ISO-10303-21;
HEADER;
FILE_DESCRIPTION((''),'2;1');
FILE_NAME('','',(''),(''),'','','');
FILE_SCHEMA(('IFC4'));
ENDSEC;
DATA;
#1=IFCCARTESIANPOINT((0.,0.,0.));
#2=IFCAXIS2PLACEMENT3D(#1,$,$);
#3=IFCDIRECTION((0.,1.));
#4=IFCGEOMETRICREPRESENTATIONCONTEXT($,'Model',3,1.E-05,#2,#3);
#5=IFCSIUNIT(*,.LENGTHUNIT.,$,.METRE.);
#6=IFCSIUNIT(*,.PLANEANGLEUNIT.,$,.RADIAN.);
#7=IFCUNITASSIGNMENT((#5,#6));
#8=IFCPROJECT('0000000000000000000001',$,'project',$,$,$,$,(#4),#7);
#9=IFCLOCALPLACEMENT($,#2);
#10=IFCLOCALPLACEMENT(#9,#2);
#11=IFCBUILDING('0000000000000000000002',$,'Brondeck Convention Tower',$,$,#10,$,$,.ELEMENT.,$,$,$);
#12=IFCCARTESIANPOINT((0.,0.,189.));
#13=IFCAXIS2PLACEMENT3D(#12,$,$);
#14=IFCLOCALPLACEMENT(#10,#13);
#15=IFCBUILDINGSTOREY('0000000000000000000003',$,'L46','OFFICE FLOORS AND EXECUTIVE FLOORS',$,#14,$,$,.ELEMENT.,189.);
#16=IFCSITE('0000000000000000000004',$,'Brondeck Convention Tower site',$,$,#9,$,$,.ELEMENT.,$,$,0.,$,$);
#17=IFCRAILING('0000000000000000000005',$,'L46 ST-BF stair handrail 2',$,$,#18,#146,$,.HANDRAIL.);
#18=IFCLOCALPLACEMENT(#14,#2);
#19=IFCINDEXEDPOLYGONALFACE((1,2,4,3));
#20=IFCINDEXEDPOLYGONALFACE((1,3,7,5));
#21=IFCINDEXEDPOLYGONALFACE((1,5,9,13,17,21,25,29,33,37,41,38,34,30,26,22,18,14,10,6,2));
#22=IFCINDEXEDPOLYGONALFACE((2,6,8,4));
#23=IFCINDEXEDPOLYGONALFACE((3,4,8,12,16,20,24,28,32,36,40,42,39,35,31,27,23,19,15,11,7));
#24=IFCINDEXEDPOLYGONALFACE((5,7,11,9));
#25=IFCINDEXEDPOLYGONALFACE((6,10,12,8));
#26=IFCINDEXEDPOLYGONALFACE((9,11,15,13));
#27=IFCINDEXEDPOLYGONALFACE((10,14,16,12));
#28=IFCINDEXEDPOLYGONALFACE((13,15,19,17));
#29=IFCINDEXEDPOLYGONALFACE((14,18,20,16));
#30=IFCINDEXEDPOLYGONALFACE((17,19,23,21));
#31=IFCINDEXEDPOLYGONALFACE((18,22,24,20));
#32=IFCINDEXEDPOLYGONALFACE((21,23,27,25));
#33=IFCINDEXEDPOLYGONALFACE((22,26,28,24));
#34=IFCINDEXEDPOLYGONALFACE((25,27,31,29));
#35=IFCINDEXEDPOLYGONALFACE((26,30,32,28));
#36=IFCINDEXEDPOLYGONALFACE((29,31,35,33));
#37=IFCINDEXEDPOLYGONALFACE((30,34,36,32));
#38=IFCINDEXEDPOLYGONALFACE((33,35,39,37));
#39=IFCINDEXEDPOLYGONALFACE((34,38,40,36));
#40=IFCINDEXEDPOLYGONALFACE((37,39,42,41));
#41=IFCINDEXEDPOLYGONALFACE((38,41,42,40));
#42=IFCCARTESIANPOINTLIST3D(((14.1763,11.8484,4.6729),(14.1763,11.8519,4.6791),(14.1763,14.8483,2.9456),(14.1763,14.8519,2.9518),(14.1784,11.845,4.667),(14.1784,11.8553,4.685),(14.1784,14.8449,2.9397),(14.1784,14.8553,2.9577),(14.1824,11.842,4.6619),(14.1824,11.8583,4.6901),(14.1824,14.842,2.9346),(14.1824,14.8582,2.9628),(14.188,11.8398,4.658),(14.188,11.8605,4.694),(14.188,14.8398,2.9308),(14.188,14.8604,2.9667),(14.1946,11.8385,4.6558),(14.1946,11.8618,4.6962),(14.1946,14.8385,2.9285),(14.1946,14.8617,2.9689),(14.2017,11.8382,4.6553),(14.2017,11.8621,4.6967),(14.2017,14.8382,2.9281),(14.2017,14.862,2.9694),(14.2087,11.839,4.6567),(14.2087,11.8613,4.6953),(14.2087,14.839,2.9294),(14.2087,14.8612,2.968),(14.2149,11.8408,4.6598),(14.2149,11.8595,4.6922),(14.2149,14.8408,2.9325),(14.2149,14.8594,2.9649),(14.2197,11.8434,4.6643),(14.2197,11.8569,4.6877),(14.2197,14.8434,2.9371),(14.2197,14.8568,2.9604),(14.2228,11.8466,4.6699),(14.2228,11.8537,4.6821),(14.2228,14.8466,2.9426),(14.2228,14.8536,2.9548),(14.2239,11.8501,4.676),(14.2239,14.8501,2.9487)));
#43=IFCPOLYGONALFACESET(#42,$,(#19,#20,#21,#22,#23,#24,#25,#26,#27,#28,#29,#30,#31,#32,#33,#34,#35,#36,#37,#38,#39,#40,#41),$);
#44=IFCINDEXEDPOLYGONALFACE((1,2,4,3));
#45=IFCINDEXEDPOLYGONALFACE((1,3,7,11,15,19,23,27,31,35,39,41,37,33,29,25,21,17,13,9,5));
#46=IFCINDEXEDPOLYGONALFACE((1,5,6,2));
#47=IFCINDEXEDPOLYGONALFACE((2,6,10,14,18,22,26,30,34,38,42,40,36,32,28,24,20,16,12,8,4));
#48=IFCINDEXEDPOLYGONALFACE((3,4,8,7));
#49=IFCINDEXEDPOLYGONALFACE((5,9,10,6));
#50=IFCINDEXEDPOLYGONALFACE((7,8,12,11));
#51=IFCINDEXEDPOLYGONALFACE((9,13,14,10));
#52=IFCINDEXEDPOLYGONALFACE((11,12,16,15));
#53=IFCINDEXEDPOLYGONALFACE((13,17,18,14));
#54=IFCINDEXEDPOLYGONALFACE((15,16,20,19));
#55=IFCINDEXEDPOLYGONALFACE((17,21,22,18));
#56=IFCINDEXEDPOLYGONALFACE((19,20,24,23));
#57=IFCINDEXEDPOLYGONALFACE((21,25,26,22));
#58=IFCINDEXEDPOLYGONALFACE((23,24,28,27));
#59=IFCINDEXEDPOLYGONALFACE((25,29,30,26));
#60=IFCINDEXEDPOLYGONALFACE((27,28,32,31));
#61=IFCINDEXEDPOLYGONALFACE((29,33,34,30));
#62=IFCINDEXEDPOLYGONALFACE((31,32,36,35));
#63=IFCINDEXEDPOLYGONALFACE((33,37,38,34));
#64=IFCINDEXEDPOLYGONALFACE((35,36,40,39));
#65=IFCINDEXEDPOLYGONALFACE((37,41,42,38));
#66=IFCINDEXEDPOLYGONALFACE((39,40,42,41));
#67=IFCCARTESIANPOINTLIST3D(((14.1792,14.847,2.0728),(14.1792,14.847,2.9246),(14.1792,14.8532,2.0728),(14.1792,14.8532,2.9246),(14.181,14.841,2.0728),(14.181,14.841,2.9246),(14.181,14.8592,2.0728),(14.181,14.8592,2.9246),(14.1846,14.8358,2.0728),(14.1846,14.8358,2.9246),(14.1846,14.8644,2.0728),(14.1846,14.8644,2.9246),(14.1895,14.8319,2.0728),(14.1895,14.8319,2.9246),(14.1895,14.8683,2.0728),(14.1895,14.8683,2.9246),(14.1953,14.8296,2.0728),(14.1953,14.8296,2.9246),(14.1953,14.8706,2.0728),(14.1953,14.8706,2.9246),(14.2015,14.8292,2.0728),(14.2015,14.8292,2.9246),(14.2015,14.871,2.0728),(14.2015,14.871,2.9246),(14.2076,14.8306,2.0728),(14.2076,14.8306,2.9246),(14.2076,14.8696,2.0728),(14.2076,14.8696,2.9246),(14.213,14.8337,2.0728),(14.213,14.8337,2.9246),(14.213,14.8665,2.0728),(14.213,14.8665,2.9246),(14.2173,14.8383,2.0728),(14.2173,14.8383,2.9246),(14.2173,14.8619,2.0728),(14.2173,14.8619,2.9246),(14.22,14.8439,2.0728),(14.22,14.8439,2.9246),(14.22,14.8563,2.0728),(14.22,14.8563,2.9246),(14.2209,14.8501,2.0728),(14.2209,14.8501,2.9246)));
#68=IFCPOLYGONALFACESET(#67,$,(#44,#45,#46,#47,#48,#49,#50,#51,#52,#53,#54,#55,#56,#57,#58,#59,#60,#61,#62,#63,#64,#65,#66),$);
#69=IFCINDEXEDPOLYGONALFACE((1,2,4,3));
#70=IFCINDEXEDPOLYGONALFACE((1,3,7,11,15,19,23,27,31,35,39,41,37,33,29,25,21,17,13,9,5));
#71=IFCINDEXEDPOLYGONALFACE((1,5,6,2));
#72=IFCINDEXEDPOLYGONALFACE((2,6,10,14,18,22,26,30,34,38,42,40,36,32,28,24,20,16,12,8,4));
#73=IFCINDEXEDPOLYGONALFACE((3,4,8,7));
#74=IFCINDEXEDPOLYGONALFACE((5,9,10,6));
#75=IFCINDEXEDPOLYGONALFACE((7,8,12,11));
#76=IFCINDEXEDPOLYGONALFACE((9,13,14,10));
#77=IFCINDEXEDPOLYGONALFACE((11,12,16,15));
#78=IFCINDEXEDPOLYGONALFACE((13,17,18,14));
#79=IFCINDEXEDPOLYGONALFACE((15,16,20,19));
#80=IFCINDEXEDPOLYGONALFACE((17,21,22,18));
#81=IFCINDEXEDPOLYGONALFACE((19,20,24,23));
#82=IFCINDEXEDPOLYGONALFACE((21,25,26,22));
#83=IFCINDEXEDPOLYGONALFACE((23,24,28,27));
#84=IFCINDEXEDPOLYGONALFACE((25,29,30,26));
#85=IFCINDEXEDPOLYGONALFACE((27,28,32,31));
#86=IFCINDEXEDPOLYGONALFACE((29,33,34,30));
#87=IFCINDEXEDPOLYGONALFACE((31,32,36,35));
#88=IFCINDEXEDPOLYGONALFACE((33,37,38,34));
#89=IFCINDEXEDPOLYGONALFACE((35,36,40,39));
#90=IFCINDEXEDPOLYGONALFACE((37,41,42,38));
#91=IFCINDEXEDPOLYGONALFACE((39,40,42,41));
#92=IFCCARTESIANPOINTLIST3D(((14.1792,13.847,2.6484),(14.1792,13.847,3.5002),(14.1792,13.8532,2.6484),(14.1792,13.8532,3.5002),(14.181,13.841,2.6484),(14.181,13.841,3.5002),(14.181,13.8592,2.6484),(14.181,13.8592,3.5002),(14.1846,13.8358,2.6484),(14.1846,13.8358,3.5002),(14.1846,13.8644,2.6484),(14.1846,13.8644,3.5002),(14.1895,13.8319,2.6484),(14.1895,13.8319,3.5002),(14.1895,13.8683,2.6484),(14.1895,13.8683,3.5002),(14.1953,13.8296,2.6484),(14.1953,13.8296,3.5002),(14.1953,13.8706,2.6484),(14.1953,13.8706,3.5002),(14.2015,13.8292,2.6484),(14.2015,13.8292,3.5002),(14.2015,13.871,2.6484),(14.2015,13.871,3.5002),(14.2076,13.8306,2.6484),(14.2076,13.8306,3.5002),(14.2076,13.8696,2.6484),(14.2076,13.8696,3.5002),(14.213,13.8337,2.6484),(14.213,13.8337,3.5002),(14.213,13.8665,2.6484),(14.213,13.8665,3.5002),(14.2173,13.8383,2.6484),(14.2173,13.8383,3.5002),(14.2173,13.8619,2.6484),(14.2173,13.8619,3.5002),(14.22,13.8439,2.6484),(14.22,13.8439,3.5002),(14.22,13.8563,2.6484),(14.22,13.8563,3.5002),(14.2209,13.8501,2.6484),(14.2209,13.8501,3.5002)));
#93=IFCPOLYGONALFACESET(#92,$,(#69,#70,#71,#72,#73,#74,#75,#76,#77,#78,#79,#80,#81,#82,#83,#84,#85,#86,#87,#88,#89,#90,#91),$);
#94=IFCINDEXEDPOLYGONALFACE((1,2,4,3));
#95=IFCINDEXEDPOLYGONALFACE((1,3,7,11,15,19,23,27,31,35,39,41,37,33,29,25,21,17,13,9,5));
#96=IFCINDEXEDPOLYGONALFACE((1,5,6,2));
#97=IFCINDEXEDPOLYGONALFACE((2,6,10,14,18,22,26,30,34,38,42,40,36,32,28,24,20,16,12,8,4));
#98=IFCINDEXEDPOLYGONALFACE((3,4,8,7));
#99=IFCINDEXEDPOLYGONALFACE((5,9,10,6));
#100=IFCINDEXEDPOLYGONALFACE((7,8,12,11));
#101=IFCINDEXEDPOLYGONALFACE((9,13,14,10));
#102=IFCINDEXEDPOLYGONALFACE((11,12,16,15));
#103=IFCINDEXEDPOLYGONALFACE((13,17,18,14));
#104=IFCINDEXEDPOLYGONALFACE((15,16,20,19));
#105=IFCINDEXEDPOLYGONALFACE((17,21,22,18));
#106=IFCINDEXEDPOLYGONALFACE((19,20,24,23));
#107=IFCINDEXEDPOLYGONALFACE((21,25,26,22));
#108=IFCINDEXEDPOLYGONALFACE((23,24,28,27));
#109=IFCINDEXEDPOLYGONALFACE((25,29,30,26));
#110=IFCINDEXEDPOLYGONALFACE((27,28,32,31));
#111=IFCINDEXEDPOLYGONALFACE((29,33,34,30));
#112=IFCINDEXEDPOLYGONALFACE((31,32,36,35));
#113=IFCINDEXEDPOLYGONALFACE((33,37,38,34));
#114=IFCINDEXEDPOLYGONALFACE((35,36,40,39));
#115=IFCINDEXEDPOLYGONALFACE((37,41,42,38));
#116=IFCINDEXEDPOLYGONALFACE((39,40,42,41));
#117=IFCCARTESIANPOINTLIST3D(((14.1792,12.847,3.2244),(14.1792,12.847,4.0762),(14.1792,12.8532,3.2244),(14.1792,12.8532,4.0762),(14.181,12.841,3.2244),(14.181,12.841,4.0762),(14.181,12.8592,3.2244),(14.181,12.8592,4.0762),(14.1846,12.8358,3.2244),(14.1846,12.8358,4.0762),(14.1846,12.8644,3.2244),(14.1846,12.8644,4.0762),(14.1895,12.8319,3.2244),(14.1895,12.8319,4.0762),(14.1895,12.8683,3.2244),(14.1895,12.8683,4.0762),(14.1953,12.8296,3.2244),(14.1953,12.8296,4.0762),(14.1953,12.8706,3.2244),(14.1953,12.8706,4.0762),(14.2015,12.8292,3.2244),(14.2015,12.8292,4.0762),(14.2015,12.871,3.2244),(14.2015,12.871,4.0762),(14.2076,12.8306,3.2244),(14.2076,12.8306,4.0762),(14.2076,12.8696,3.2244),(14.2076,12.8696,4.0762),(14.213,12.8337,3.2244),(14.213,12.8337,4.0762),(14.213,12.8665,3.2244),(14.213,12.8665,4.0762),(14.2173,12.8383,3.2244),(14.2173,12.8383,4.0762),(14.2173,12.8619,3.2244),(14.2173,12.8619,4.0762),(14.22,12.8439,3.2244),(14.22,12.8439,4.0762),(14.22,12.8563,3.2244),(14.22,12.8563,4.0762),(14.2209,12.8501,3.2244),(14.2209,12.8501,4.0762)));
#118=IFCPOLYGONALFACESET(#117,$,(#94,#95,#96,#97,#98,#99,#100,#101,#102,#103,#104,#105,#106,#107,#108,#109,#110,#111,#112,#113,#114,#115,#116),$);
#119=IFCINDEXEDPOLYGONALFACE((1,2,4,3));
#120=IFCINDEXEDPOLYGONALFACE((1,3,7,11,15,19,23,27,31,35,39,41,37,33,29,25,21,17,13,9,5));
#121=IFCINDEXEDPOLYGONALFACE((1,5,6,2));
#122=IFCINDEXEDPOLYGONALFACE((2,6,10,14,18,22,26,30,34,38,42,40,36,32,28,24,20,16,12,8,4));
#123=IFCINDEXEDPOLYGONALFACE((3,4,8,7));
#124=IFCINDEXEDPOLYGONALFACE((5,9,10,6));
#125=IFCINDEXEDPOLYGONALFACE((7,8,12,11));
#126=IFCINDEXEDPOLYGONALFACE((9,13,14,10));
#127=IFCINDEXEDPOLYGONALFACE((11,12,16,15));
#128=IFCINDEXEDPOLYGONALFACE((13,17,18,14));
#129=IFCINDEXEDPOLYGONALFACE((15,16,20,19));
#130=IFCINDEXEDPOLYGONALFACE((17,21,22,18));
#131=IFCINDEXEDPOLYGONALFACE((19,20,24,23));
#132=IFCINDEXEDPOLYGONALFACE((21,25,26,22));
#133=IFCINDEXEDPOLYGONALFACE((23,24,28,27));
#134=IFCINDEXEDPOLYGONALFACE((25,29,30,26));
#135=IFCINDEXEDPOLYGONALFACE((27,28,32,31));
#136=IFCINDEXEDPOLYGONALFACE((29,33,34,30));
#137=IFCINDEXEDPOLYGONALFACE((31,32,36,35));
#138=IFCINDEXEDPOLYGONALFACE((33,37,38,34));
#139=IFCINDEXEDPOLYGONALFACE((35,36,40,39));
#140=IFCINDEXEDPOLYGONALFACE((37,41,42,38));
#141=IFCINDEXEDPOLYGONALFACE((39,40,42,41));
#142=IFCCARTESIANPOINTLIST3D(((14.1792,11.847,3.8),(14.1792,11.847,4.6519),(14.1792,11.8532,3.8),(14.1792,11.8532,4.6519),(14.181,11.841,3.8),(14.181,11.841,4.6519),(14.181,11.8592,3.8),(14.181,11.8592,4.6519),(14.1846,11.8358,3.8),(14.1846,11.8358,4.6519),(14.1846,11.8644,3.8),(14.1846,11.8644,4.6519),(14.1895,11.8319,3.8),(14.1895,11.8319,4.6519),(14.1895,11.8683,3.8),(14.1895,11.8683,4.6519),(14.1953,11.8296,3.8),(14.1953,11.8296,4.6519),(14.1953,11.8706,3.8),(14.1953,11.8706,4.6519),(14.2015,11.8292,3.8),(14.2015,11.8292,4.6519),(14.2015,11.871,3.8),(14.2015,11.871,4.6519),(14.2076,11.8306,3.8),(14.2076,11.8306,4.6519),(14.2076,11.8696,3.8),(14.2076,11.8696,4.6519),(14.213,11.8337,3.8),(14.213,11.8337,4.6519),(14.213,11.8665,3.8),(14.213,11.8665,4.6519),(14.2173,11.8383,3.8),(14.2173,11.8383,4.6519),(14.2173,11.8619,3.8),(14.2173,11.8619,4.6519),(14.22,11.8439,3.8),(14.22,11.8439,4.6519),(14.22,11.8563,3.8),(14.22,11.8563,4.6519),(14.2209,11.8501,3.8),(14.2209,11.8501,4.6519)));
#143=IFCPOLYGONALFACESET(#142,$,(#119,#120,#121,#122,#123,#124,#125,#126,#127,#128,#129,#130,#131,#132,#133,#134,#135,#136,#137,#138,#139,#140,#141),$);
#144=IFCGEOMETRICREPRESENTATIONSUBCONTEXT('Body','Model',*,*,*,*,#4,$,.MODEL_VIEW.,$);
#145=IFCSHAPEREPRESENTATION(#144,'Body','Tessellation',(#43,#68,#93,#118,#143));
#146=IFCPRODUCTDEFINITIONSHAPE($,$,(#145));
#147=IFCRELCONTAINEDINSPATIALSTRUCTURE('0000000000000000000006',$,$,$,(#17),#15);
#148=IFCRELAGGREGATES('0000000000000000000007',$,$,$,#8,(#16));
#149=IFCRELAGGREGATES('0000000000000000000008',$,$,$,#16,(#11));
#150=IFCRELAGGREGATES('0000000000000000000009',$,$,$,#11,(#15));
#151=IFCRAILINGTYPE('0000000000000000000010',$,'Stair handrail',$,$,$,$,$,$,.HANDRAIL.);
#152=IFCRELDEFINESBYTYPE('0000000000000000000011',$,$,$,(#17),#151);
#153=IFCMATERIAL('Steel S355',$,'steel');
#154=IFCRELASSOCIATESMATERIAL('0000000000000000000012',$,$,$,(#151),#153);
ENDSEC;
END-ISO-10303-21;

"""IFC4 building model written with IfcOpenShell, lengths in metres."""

from ifc_helpers import new_model, si_unit, direction, frame, origin, origin_2d, place, context, subcontext, project, spatial, circle, extrude, material, type_object, element, save


model = new_model("IFC4")

# Units and contexts
model_context = context("Model", 3, precision=1e-05, world=origin(), true_north=direction((0.0, 1.0)))
body_context = subcontext(model_context, "Body", "Model", "MODEL_VIEW")
ifc_project = project(units=[si_unit("LENGTHUNIT", "METRE"), si_unit("PLANEANGLEUNIT", "RADIAN")], contexts=[model_context])

# Site, building, storey
site_placement = place(None, origin())
site = spatial("IfcSite", under=ifc_project, at=site_placement, Name="Brondeck Convention Tower site", CompositionType="ELEMENT", RefElevation=0.0)
building_placement = place(site_placement, origin())
building = spatial("IfcBuilding", under=site, at=building_placement, Name="Brondeck Convention Tower", CompositionType="ELEMENT")
storey_placement = place(building_placement, frame((0.0, 0.0, 189.0)))
storey = spatial("IfcBuildingStorey", under=building, at=storey_placement, Name="L46", Description="OFFICE FLOORS AND EXECUTIVE FLOORS", CompositionType="ELEMENT", Elevation=189.0)

# Shared definitions
ifc_material_1 = material(Name="Steel S355", Category="steel")

# Railing
railing_type_1 = type_object("IfcRailingType", Name="Stair handrail", PredefinedType="HANDRAIL", material=ifc_material_1)
railing_1_placement = place(storey_placement, frame((14.2, 14.8501, 2.0728)))
element("IfcRailing", 1, at=railing_1_placement, inside=storey, type_object=railing_type_1, Name="L46 ST-BF stair handrail 2", PredefinedType="HANDRAIL", context=body_context, shape_type="SweptSolid", body=[
    extrude(circle(Radius=0.0239, at=origin_2d()), frame((0.0, 0.0, 0.876), z_axis=(0.0, -0.86662, 0.498969), x_axis=(1.0, 0.0, 0.0)), (0.0, 0.0, 1.0), 3.4617),
    extrude(circle(Radius=0.021, at=origin_2d()), origin(), (0.0, 0.0, 1.0), 0.8518),
    extrude(circle(Radius=0.021, at=origin_2d()), frame((0.0, -1.0, 0.5757)), (0.0, 0.0, 1.0), 0.8518),
    extrude(circle(Radius=0.021, at=origin_2d()), frame((0.0, -2.0, 1.1516)), (0.0, 0.0, 1.0), 0.8518),
    extrude(circle(Radius=0.021, at=origin_2d()), frame((0.0, -3.0, 1.7273)), (0.0, 0.0, 1.0), 0.8518),
])

save(model, "model.ifc")
